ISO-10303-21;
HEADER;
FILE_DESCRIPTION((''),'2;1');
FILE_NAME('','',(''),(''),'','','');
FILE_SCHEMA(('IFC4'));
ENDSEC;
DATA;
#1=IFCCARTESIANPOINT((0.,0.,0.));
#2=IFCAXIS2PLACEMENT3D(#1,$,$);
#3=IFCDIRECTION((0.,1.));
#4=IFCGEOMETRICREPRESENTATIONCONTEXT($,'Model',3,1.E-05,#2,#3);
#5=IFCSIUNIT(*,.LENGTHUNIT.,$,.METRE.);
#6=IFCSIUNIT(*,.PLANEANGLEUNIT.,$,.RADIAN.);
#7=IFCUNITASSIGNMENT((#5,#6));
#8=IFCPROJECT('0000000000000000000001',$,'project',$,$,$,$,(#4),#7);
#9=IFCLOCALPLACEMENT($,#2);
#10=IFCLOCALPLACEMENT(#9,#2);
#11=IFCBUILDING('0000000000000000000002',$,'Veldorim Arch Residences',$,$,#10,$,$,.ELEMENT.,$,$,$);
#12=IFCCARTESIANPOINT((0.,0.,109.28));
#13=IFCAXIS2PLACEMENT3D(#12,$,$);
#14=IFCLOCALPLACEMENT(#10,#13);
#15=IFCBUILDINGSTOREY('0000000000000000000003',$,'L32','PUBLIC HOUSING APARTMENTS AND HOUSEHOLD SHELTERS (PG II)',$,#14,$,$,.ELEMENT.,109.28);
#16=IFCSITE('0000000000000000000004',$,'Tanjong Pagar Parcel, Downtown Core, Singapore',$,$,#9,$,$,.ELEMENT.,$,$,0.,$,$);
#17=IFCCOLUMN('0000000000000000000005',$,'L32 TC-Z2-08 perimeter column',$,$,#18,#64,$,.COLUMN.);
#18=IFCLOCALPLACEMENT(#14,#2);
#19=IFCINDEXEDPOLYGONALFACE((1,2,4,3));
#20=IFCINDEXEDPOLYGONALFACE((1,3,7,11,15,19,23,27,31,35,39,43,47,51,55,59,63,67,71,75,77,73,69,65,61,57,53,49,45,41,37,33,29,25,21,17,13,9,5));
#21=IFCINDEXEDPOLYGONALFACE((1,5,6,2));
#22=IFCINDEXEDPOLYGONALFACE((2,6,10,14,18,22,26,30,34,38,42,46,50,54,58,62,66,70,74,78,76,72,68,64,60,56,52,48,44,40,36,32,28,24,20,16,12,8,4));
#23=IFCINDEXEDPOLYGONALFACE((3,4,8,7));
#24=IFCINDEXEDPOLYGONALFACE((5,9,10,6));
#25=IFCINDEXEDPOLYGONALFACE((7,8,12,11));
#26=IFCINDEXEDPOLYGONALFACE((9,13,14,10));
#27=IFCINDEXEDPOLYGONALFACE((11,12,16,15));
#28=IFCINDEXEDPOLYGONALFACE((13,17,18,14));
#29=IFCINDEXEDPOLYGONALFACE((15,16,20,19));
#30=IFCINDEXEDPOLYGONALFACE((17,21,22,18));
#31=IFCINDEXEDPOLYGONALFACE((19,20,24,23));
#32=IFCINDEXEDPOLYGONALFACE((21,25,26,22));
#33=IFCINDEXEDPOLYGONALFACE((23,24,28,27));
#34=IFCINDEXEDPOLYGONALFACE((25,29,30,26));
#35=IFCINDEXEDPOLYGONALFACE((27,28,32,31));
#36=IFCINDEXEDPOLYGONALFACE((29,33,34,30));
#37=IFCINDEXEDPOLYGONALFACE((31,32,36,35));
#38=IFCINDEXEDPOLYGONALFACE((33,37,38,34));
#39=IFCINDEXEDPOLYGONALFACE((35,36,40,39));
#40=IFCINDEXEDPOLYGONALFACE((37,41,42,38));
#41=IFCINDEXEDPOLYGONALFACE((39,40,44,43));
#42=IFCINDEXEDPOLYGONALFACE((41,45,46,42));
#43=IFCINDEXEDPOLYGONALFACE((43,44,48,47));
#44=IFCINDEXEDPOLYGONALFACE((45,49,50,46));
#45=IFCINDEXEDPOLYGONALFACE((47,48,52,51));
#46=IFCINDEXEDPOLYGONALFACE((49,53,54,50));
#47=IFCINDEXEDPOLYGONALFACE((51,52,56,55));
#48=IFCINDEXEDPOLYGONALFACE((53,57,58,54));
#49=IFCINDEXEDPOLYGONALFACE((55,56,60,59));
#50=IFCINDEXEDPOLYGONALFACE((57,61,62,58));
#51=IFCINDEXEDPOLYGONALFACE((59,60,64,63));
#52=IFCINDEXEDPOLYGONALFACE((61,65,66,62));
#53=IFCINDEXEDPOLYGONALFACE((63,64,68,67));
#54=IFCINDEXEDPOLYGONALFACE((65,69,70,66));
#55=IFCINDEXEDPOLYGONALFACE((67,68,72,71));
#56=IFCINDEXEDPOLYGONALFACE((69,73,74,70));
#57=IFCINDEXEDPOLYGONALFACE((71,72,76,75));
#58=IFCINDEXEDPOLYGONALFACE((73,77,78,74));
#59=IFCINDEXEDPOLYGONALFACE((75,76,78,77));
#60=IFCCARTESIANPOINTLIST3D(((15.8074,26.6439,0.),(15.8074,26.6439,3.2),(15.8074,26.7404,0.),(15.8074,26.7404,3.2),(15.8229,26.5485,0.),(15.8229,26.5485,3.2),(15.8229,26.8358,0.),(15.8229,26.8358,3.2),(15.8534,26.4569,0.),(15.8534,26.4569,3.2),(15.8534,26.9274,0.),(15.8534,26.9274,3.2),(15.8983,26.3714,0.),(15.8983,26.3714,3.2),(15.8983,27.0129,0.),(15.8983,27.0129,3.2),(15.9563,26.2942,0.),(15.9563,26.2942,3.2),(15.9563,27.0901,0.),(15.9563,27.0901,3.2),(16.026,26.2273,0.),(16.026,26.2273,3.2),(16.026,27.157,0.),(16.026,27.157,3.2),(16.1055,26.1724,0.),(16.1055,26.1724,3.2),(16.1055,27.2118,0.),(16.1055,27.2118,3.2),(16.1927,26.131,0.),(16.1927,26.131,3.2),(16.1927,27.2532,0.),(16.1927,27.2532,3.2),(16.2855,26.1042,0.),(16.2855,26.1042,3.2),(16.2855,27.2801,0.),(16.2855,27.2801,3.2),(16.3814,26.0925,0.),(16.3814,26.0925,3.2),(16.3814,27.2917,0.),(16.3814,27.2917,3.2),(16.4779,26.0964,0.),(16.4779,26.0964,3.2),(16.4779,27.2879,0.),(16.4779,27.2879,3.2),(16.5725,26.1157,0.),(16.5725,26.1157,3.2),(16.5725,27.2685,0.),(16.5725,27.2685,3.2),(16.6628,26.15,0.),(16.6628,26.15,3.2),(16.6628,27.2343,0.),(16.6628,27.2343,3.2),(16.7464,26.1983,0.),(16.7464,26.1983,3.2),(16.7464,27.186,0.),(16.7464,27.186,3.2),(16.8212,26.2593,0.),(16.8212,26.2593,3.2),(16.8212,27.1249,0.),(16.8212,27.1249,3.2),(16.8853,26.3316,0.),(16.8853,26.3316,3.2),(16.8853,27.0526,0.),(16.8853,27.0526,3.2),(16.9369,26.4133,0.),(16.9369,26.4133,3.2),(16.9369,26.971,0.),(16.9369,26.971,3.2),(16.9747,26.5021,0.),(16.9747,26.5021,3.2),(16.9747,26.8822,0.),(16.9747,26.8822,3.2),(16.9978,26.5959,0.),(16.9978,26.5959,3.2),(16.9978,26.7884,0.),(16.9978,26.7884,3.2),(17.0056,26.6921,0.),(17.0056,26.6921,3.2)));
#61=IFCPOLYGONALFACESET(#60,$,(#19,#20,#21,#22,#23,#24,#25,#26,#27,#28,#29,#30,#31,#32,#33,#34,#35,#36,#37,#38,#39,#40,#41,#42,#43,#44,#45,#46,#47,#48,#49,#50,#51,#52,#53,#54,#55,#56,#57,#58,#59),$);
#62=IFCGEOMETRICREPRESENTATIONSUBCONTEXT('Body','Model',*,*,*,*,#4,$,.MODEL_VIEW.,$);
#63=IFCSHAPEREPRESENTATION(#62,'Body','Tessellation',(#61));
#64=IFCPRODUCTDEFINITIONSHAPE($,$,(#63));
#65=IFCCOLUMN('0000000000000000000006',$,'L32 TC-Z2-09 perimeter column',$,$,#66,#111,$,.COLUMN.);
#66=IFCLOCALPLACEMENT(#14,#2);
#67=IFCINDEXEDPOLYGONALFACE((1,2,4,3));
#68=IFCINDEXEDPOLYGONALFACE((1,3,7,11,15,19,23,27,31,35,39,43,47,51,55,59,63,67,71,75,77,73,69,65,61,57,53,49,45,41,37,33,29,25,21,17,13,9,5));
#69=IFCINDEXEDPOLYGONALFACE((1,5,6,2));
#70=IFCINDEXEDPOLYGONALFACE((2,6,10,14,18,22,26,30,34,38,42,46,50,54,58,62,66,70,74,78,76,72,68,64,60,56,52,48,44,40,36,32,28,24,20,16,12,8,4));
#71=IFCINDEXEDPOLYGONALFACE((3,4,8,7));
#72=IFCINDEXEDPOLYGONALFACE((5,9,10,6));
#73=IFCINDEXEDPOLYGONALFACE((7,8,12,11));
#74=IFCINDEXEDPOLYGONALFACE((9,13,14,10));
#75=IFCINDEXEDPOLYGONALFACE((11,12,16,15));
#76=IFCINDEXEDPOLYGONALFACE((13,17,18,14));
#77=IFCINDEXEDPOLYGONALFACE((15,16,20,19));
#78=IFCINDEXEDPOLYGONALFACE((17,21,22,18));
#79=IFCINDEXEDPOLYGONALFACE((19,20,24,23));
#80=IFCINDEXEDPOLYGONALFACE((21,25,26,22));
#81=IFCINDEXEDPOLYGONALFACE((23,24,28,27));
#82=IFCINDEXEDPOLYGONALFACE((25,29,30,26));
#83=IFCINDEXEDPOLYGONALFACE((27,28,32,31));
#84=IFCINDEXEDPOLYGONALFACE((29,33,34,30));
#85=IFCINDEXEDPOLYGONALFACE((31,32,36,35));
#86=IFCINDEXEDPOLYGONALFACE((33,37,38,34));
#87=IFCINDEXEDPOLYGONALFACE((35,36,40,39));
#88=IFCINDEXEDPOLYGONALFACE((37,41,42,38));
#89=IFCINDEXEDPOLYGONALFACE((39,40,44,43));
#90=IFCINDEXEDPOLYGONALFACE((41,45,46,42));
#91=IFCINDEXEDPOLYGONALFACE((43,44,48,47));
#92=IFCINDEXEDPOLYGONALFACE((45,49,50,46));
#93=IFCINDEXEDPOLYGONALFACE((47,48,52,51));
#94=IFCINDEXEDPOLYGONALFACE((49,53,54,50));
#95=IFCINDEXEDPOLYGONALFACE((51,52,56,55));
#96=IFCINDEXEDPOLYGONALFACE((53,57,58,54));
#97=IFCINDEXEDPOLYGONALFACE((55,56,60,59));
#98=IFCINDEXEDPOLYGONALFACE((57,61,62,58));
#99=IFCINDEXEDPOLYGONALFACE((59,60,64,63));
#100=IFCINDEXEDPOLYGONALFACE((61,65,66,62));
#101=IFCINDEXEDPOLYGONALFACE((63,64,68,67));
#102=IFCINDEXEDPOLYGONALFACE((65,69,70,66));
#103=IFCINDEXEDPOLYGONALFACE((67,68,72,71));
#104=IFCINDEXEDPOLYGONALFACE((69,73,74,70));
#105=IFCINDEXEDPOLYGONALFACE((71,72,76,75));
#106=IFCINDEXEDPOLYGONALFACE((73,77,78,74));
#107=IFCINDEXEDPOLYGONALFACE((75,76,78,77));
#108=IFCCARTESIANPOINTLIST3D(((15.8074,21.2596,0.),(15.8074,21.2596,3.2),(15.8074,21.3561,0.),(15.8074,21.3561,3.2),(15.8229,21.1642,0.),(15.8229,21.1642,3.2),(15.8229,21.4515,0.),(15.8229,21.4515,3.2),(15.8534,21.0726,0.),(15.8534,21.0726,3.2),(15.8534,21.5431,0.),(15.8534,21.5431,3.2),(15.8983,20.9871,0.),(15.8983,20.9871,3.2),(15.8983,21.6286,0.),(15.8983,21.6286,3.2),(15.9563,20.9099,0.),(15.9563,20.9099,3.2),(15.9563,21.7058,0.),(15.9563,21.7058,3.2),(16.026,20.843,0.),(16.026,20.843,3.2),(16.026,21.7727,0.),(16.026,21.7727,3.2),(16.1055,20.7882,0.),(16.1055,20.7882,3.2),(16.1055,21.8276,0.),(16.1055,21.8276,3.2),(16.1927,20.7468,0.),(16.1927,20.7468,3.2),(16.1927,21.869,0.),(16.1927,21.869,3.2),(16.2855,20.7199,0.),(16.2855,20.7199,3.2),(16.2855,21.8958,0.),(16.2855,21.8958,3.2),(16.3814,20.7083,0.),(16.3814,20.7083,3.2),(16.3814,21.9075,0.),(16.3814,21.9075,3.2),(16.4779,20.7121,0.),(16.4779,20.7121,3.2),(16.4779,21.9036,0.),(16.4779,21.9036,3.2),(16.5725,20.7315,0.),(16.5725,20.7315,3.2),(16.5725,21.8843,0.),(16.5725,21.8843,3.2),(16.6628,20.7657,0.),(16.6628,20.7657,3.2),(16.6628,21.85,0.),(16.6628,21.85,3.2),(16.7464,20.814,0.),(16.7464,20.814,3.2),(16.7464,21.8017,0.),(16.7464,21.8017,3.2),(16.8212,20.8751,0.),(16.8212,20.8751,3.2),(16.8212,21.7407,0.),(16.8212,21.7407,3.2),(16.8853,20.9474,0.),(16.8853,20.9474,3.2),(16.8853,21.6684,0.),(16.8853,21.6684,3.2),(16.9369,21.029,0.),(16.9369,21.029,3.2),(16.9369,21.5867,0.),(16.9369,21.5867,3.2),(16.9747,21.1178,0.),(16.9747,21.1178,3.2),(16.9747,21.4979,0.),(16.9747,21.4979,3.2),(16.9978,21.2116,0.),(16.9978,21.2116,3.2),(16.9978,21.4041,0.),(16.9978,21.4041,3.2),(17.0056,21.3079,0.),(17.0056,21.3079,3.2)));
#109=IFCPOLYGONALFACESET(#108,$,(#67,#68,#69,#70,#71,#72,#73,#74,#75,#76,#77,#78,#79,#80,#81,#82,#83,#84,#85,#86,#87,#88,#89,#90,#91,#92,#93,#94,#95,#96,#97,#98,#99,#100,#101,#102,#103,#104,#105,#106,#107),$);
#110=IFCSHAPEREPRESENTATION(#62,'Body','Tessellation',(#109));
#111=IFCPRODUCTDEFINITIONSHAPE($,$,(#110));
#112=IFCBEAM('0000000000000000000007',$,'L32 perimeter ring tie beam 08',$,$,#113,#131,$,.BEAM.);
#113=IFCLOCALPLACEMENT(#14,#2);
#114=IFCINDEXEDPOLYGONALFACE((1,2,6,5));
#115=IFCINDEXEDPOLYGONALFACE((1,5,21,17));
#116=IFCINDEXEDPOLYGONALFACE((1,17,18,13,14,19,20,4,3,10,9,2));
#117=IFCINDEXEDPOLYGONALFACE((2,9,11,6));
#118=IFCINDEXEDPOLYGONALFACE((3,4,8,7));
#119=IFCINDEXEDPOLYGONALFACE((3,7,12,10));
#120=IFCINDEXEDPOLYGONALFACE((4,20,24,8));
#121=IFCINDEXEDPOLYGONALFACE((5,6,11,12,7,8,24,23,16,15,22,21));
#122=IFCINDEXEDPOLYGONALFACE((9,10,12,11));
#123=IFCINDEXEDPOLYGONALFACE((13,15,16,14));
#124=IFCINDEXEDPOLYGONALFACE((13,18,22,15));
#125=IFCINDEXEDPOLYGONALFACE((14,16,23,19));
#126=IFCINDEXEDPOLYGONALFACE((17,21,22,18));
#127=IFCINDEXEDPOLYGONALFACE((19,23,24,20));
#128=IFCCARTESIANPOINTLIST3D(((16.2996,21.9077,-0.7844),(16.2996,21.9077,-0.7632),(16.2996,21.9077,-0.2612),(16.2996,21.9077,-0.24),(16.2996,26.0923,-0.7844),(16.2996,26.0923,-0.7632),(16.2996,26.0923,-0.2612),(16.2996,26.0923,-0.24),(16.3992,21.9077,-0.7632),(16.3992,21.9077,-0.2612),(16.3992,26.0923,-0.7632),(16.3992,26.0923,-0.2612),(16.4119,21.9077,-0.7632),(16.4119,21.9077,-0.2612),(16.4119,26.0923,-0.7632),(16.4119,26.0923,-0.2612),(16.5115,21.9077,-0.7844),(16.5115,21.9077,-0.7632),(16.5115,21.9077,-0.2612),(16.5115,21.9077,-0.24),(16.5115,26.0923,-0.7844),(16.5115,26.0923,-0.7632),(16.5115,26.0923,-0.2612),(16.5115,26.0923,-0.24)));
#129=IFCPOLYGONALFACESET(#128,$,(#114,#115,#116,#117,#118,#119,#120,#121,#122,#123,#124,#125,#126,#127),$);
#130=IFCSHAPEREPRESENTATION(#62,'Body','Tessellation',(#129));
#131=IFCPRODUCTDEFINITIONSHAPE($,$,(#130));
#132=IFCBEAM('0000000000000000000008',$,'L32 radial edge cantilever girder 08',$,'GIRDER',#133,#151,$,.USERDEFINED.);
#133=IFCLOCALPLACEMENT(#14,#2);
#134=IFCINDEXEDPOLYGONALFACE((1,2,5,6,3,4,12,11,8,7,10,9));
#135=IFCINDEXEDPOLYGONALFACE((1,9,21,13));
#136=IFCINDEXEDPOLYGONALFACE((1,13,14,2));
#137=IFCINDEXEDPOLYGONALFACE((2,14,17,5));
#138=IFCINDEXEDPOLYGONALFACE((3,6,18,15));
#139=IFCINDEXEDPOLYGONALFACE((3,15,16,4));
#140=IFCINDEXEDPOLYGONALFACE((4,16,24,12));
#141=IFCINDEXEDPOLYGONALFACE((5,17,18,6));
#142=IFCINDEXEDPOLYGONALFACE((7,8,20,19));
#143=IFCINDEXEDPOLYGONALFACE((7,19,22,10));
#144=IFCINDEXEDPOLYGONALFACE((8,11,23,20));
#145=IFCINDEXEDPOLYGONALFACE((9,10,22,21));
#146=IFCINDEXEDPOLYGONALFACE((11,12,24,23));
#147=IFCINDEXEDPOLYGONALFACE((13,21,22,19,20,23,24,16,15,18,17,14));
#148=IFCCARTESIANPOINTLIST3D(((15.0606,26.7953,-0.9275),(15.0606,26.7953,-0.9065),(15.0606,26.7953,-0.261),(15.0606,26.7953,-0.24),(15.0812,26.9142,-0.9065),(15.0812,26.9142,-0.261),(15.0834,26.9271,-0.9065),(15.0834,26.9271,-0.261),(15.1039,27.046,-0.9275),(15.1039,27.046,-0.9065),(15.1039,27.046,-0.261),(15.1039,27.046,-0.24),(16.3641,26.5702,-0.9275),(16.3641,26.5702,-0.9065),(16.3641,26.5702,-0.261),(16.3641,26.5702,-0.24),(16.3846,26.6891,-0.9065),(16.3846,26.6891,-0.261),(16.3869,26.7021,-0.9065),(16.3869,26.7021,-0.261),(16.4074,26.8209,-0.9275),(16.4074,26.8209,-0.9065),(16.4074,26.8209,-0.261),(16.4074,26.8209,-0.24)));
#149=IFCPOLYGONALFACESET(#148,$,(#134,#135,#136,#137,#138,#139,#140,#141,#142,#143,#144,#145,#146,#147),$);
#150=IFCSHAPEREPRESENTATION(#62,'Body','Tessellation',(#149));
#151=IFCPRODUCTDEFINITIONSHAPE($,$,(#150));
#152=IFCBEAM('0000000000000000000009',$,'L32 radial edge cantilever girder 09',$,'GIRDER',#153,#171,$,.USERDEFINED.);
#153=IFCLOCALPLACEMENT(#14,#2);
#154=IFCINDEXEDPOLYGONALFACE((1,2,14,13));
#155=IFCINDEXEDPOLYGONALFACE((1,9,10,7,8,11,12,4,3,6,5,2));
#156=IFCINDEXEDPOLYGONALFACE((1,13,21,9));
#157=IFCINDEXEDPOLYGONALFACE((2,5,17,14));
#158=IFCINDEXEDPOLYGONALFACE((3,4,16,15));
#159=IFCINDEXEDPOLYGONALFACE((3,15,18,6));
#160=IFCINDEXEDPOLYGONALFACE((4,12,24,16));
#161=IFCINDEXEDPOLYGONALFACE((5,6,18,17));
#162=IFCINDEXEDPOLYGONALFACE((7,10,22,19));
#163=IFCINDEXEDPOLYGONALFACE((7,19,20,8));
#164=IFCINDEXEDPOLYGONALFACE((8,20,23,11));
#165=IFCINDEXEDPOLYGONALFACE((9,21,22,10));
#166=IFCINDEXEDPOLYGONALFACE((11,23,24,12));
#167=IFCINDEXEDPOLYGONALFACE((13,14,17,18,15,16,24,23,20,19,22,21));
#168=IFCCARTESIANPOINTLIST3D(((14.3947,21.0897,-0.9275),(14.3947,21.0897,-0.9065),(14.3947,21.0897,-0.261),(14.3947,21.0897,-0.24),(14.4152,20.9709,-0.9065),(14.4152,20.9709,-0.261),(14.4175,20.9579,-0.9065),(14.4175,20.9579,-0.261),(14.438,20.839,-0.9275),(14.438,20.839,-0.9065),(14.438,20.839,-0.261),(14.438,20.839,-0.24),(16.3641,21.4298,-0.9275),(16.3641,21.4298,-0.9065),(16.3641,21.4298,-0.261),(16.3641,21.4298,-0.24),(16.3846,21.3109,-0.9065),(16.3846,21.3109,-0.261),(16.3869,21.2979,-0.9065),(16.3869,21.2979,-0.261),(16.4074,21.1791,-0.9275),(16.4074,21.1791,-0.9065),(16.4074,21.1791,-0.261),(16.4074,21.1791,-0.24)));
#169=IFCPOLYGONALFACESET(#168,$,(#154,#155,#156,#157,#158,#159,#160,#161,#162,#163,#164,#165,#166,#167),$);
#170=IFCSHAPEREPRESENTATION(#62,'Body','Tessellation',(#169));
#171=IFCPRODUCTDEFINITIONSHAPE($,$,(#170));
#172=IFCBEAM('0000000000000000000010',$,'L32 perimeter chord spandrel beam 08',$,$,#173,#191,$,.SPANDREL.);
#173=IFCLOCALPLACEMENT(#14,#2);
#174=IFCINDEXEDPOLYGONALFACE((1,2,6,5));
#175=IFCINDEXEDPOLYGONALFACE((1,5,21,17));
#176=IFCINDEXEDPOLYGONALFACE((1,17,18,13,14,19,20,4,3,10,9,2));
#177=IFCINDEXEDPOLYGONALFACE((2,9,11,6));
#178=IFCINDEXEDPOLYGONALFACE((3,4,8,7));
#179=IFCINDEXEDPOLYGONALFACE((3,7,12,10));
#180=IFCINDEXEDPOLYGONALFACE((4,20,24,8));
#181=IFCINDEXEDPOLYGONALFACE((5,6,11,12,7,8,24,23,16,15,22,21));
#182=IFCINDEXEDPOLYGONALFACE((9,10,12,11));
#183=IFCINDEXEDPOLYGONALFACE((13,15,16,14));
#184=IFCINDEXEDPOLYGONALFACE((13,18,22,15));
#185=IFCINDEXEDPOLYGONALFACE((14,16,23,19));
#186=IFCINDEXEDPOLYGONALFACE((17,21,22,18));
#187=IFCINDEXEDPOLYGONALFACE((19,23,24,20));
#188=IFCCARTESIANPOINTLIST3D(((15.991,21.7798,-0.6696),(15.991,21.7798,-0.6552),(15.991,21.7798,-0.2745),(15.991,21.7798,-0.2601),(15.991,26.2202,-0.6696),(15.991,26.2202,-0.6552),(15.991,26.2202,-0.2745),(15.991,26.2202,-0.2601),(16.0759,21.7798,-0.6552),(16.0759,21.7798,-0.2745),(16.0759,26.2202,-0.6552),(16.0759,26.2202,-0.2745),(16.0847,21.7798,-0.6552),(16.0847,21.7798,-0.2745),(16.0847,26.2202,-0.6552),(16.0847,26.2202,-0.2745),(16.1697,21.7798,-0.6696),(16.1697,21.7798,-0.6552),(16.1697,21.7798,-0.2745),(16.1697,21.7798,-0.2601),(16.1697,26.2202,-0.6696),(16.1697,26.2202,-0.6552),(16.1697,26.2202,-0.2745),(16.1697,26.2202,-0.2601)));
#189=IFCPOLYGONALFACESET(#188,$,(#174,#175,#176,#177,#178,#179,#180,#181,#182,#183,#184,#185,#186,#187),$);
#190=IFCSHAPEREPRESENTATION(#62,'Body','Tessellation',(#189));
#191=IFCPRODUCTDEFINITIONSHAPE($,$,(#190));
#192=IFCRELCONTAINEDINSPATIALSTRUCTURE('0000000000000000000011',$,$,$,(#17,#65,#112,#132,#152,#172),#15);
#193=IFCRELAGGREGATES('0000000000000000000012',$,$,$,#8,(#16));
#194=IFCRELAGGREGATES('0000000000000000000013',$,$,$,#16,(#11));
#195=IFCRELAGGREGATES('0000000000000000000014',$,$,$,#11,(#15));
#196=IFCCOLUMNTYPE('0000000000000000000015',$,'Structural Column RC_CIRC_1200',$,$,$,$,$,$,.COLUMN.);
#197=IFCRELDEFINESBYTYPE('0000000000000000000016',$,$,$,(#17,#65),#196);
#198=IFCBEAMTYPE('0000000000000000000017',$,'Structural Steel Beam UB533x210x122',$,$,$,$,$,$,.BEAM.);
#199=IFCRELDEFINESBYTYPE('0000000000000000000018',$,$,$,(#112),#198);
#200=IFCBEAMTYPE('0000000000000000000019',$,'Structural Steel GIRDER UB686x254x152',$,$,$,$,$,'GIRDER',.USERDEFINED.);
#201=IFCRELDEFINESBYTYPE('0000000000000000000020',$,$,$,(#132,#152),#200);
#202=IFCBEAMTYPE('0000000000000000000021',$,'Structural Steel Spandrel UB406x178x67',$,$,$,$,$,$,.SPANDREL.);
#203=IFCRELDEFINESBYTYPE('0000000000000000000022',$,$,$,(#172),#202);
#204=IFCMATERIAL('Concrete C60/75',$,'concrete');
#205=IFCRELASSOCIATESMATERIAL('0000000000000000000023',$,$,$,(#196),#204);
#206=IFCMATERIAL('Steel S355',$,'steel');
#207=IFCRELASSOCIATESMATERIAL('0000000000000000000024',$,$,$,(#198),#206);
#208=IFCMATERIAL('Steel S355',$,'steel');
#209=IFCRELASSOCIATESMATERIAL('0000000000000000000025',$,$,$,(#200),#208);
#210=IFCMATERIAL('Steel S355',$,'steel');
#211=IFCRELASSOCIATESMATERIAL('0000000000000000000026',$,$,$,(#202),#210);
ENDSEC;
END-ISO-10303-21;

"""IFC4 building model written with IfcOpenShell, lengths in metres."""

from ifc_helpers import new_model, si_unit, direction, frame, origin, origin_2d, place, context, subcontext, project, spatial, circle, i_section, extrude, material, material_profile, profile_set, type_object, element, save


model = new_model("IFC4")

# Units and contexts
model_context = context("Model", 3, precision=1e-05, world=origin(), true_north=direction((0.0, 1.0)))
body_context = subcontext(model_context, "Body", "Model", "MODEL_VIEW")
ifc_project = project(units=[si_unit("LENGTHUNIT", "METRE"), si_unit("PLANEANGLEUNIT", "RADIAN")], contexts=[model_context])

# Site, building, storey
site_placement = place(None, origin())
site = spatial("IfcSite", under=ifc_project, at=site_placement, Name="Tanjong Pagar Parcel, Downtown Core, Singapore", CompositionType="ELEMENT", RefElevation=0.0)
building_placement = place(site_placement, origin())
building = spatial("IfcBuilding", under=site, at=building_placement, Name="Veldorim Arch Residences", CompositionType="ELEMENT")
storey_placement = place(building_placement, frame((0.0, 0.0, 109.28)))
storey = spatial("IfcBuildingStorey", under=building, at=storey_placement, Name="L32", Description="PUBLIC HOUSING APARTMENTS AND HOUSEHOLD SHELTERS (PG II)", CompositionType="ELEMENT", Elevation=109.28)

# Columns
ifc_material_1 = material(Name="Concrete C60/75", Category="concrete")
ifc_material_profile_1 = material_profile(ifc_material_1, circle(Radius=0.6001, at=origin_2d()), Name="RC_CIRC_1200")
ifc_profile_set_1 = profile_set([ifc_material_profile_1], Name="Concrete C60/75")
column_type = type_object("IfcColumnType", Name="Structural Column RC_CIRC_1200", PredefinedType="COLUMN", material=ifc_profile_set_1)
for number, where, z_axis, x_axis, name in (
    (1, (16.4055, 26.6921, 0.0), (0.0, 0.0, 1.0), (1.0, 0.0, 0.0), "L32 TC-Z2-08 perimeter column"),
    (2, (16.4055, 21.3079, 0.0), (0.0, 0.0, 1.0), (1.0, 0.0, 0.0), "L32 TC-Z2-09 perimeter column"),
):
    element("IfcColumn", number, at=place(storey_placement, frame(where, z_axis=z_axis, x_axis=x_axis)), inside=storey, type_object=column_type, Name=name, PredefinedType="COLUMN", context=body_context, shape_type="SweptSolid", body=[
        extrude(circle(Radius=0.6001, at=origin_2d()), origin(), (0.0, 0.0, 1.0), 3.2),
    ])

# Beams
ifc_material_2 = material(Name="Steel S355", Category="steel")
ifc_material_profile_2 = material_profile(ifc_material_2, i_section(OverallWidth=0.2119, OverallDepth=0.5444, WebThickness=0.0127, FlangeThickness=0.0212, at=origin_2d()), Name="UB533x210x122")
ifc_profile_set_2 = profile_set([ifc_material_profile_2], Name="Steel S355")
beam_type_1 = type_object("IfcBeamType", Name="Structural Steel Beam UB533x210x122", PredefinedType="BEAM", material=ifc_profile_set_2)
beam_1_placement = place(storey_placement, frame((16.4055, 26.0923, -0.5122), z_axis=(0.0, -1.0, 0.0), x_axis=(1.0, 0.0, 0.0)))
element("IfcBeam", 3, at=beam_1_placement, inside=storey, type_object=beam_type_1, Name="L32 perimeter ring tie beam 08", PredefinedType="BEAM", context=body_context, shape_type="SweptSolid", body=[
    extrude(i_section(OverallWidth=0.2119, OverallDepth=0.5444, WebThickness=0.0127, FlangeThickness=0.0212, at=origin_2d()), origin(), (0.0, 0.0, 1.0), 4.1846),
])
ifc_material_3 = material(Name="Steel S355", Category="steel")
ifc_material_profile_3 = material_profile(ifc_material_3, i_section(OverallWidth=0.2544, OverallDepth=0.6875, WebThickness=0.0132, FlangeThickness=0.021, at=origin_2d()), Name="UB686x254x152")
ifc_profile_set_3 = profile_set([ifc_material_profile_3], Name="Steel S355")
beam_type_2 = type_object("IfcBeamType", Name="Structural Steel GIRDER UB686x254x152", ElementType="GIRDER", PredefinedType="USERDEFINED", material=ifc_profile_set_3)
beam_2_placement = place(storey_placement, frame((16.3857, 26.6956, -0.5837), z_axis=(-0.985414, 0.170173, 0.0), x_axis=(-0.170173, -0.985414, 0.0)))
element("IfcBeam", 4, at=beam_2_placement, inside=storey, type_object=beam_type_2, Name="L32 radial edge cantilever girder 08", ObjectType="GIRDER", PredefinedType="USERDEFINED", context=body_context, shape_type="SweptSolid", body=[
    extrude(i_section(OverallWidth=0.2544, OverallDepth=0.6875, WebThickness=0.0132, FlangeThickness=0.021, at=origin_2d()), origin(), (0.0, 0.0, 1.0), 1.3228),
])
beam_3_placement = place(storey_placement, frame((16.3857, 21.3044, -0.5837), z_axis=(-0.985416, -0.170161, 0.0), x_axis=(0.170161, -0.985416, 0.0)))
element("IfcBeam", 5, at=beam_3_placement, inside=storey, type_object=beam_type_2, Name="L32 radial edge cantilever girder 09", ObjectType="GIRDER", PredefinedType="USERDEFINED", context=body_context, shape_type="SweptSolid", body=[
    extrude(i_section(OverallWidth=0.2544, OverallDepth=0.6875, WebThickness=0.0132, FlangeThickness=0.021, at=origin_2d()), origin(), (0.0, 0.0, 1.0), 1.9985),
])
ifc_material_4 = material(Name="Steel S355", Category="steel")
ifc_material_profile_4 = material_profile(ifc_material_4, i_section(OverallWidth=0.1787, OverallDepth=0.4094, WebThickness=0.0088, FlangeThickness=0.0144, at=origin_2d()), Name="UB406x178x67")
ifc_profile_set_4 = profile_set([ifc_material_profile_4], Name="Steel S355")
beam_type_3 = type_object("IfcBeamType", Name="Structural Steel Spandrel UB406x178x67", PredefinedType="SPANDREL", material=ifc_profile_set_4)
beam_4_placement = place(storey_placement, frame((16.0803, 26.2202, -0.4648), z_axis=(0.0, -1.0, 0.0), x_axis=(1.0, 0.0, 0.0)))
element("IfcBeam", 6, at=beam_4_placement, inside=storey, type_object=beam_type_3, Name="L32 perimeter chord spandrel beam 08", PredefinedType="SPANDREL", context=body_context, shape_type="SweptSolid", body=[
    extrude(i_section(OverallWidth=0.1787, OverallDepth=0.4094, WebThickness=0.0088, FlangeThickness=0.0144, at=origin_2d()), origin(), (0.0, 0.0, 1.0), 4.4404),
])

save(model, "model.ifc")
